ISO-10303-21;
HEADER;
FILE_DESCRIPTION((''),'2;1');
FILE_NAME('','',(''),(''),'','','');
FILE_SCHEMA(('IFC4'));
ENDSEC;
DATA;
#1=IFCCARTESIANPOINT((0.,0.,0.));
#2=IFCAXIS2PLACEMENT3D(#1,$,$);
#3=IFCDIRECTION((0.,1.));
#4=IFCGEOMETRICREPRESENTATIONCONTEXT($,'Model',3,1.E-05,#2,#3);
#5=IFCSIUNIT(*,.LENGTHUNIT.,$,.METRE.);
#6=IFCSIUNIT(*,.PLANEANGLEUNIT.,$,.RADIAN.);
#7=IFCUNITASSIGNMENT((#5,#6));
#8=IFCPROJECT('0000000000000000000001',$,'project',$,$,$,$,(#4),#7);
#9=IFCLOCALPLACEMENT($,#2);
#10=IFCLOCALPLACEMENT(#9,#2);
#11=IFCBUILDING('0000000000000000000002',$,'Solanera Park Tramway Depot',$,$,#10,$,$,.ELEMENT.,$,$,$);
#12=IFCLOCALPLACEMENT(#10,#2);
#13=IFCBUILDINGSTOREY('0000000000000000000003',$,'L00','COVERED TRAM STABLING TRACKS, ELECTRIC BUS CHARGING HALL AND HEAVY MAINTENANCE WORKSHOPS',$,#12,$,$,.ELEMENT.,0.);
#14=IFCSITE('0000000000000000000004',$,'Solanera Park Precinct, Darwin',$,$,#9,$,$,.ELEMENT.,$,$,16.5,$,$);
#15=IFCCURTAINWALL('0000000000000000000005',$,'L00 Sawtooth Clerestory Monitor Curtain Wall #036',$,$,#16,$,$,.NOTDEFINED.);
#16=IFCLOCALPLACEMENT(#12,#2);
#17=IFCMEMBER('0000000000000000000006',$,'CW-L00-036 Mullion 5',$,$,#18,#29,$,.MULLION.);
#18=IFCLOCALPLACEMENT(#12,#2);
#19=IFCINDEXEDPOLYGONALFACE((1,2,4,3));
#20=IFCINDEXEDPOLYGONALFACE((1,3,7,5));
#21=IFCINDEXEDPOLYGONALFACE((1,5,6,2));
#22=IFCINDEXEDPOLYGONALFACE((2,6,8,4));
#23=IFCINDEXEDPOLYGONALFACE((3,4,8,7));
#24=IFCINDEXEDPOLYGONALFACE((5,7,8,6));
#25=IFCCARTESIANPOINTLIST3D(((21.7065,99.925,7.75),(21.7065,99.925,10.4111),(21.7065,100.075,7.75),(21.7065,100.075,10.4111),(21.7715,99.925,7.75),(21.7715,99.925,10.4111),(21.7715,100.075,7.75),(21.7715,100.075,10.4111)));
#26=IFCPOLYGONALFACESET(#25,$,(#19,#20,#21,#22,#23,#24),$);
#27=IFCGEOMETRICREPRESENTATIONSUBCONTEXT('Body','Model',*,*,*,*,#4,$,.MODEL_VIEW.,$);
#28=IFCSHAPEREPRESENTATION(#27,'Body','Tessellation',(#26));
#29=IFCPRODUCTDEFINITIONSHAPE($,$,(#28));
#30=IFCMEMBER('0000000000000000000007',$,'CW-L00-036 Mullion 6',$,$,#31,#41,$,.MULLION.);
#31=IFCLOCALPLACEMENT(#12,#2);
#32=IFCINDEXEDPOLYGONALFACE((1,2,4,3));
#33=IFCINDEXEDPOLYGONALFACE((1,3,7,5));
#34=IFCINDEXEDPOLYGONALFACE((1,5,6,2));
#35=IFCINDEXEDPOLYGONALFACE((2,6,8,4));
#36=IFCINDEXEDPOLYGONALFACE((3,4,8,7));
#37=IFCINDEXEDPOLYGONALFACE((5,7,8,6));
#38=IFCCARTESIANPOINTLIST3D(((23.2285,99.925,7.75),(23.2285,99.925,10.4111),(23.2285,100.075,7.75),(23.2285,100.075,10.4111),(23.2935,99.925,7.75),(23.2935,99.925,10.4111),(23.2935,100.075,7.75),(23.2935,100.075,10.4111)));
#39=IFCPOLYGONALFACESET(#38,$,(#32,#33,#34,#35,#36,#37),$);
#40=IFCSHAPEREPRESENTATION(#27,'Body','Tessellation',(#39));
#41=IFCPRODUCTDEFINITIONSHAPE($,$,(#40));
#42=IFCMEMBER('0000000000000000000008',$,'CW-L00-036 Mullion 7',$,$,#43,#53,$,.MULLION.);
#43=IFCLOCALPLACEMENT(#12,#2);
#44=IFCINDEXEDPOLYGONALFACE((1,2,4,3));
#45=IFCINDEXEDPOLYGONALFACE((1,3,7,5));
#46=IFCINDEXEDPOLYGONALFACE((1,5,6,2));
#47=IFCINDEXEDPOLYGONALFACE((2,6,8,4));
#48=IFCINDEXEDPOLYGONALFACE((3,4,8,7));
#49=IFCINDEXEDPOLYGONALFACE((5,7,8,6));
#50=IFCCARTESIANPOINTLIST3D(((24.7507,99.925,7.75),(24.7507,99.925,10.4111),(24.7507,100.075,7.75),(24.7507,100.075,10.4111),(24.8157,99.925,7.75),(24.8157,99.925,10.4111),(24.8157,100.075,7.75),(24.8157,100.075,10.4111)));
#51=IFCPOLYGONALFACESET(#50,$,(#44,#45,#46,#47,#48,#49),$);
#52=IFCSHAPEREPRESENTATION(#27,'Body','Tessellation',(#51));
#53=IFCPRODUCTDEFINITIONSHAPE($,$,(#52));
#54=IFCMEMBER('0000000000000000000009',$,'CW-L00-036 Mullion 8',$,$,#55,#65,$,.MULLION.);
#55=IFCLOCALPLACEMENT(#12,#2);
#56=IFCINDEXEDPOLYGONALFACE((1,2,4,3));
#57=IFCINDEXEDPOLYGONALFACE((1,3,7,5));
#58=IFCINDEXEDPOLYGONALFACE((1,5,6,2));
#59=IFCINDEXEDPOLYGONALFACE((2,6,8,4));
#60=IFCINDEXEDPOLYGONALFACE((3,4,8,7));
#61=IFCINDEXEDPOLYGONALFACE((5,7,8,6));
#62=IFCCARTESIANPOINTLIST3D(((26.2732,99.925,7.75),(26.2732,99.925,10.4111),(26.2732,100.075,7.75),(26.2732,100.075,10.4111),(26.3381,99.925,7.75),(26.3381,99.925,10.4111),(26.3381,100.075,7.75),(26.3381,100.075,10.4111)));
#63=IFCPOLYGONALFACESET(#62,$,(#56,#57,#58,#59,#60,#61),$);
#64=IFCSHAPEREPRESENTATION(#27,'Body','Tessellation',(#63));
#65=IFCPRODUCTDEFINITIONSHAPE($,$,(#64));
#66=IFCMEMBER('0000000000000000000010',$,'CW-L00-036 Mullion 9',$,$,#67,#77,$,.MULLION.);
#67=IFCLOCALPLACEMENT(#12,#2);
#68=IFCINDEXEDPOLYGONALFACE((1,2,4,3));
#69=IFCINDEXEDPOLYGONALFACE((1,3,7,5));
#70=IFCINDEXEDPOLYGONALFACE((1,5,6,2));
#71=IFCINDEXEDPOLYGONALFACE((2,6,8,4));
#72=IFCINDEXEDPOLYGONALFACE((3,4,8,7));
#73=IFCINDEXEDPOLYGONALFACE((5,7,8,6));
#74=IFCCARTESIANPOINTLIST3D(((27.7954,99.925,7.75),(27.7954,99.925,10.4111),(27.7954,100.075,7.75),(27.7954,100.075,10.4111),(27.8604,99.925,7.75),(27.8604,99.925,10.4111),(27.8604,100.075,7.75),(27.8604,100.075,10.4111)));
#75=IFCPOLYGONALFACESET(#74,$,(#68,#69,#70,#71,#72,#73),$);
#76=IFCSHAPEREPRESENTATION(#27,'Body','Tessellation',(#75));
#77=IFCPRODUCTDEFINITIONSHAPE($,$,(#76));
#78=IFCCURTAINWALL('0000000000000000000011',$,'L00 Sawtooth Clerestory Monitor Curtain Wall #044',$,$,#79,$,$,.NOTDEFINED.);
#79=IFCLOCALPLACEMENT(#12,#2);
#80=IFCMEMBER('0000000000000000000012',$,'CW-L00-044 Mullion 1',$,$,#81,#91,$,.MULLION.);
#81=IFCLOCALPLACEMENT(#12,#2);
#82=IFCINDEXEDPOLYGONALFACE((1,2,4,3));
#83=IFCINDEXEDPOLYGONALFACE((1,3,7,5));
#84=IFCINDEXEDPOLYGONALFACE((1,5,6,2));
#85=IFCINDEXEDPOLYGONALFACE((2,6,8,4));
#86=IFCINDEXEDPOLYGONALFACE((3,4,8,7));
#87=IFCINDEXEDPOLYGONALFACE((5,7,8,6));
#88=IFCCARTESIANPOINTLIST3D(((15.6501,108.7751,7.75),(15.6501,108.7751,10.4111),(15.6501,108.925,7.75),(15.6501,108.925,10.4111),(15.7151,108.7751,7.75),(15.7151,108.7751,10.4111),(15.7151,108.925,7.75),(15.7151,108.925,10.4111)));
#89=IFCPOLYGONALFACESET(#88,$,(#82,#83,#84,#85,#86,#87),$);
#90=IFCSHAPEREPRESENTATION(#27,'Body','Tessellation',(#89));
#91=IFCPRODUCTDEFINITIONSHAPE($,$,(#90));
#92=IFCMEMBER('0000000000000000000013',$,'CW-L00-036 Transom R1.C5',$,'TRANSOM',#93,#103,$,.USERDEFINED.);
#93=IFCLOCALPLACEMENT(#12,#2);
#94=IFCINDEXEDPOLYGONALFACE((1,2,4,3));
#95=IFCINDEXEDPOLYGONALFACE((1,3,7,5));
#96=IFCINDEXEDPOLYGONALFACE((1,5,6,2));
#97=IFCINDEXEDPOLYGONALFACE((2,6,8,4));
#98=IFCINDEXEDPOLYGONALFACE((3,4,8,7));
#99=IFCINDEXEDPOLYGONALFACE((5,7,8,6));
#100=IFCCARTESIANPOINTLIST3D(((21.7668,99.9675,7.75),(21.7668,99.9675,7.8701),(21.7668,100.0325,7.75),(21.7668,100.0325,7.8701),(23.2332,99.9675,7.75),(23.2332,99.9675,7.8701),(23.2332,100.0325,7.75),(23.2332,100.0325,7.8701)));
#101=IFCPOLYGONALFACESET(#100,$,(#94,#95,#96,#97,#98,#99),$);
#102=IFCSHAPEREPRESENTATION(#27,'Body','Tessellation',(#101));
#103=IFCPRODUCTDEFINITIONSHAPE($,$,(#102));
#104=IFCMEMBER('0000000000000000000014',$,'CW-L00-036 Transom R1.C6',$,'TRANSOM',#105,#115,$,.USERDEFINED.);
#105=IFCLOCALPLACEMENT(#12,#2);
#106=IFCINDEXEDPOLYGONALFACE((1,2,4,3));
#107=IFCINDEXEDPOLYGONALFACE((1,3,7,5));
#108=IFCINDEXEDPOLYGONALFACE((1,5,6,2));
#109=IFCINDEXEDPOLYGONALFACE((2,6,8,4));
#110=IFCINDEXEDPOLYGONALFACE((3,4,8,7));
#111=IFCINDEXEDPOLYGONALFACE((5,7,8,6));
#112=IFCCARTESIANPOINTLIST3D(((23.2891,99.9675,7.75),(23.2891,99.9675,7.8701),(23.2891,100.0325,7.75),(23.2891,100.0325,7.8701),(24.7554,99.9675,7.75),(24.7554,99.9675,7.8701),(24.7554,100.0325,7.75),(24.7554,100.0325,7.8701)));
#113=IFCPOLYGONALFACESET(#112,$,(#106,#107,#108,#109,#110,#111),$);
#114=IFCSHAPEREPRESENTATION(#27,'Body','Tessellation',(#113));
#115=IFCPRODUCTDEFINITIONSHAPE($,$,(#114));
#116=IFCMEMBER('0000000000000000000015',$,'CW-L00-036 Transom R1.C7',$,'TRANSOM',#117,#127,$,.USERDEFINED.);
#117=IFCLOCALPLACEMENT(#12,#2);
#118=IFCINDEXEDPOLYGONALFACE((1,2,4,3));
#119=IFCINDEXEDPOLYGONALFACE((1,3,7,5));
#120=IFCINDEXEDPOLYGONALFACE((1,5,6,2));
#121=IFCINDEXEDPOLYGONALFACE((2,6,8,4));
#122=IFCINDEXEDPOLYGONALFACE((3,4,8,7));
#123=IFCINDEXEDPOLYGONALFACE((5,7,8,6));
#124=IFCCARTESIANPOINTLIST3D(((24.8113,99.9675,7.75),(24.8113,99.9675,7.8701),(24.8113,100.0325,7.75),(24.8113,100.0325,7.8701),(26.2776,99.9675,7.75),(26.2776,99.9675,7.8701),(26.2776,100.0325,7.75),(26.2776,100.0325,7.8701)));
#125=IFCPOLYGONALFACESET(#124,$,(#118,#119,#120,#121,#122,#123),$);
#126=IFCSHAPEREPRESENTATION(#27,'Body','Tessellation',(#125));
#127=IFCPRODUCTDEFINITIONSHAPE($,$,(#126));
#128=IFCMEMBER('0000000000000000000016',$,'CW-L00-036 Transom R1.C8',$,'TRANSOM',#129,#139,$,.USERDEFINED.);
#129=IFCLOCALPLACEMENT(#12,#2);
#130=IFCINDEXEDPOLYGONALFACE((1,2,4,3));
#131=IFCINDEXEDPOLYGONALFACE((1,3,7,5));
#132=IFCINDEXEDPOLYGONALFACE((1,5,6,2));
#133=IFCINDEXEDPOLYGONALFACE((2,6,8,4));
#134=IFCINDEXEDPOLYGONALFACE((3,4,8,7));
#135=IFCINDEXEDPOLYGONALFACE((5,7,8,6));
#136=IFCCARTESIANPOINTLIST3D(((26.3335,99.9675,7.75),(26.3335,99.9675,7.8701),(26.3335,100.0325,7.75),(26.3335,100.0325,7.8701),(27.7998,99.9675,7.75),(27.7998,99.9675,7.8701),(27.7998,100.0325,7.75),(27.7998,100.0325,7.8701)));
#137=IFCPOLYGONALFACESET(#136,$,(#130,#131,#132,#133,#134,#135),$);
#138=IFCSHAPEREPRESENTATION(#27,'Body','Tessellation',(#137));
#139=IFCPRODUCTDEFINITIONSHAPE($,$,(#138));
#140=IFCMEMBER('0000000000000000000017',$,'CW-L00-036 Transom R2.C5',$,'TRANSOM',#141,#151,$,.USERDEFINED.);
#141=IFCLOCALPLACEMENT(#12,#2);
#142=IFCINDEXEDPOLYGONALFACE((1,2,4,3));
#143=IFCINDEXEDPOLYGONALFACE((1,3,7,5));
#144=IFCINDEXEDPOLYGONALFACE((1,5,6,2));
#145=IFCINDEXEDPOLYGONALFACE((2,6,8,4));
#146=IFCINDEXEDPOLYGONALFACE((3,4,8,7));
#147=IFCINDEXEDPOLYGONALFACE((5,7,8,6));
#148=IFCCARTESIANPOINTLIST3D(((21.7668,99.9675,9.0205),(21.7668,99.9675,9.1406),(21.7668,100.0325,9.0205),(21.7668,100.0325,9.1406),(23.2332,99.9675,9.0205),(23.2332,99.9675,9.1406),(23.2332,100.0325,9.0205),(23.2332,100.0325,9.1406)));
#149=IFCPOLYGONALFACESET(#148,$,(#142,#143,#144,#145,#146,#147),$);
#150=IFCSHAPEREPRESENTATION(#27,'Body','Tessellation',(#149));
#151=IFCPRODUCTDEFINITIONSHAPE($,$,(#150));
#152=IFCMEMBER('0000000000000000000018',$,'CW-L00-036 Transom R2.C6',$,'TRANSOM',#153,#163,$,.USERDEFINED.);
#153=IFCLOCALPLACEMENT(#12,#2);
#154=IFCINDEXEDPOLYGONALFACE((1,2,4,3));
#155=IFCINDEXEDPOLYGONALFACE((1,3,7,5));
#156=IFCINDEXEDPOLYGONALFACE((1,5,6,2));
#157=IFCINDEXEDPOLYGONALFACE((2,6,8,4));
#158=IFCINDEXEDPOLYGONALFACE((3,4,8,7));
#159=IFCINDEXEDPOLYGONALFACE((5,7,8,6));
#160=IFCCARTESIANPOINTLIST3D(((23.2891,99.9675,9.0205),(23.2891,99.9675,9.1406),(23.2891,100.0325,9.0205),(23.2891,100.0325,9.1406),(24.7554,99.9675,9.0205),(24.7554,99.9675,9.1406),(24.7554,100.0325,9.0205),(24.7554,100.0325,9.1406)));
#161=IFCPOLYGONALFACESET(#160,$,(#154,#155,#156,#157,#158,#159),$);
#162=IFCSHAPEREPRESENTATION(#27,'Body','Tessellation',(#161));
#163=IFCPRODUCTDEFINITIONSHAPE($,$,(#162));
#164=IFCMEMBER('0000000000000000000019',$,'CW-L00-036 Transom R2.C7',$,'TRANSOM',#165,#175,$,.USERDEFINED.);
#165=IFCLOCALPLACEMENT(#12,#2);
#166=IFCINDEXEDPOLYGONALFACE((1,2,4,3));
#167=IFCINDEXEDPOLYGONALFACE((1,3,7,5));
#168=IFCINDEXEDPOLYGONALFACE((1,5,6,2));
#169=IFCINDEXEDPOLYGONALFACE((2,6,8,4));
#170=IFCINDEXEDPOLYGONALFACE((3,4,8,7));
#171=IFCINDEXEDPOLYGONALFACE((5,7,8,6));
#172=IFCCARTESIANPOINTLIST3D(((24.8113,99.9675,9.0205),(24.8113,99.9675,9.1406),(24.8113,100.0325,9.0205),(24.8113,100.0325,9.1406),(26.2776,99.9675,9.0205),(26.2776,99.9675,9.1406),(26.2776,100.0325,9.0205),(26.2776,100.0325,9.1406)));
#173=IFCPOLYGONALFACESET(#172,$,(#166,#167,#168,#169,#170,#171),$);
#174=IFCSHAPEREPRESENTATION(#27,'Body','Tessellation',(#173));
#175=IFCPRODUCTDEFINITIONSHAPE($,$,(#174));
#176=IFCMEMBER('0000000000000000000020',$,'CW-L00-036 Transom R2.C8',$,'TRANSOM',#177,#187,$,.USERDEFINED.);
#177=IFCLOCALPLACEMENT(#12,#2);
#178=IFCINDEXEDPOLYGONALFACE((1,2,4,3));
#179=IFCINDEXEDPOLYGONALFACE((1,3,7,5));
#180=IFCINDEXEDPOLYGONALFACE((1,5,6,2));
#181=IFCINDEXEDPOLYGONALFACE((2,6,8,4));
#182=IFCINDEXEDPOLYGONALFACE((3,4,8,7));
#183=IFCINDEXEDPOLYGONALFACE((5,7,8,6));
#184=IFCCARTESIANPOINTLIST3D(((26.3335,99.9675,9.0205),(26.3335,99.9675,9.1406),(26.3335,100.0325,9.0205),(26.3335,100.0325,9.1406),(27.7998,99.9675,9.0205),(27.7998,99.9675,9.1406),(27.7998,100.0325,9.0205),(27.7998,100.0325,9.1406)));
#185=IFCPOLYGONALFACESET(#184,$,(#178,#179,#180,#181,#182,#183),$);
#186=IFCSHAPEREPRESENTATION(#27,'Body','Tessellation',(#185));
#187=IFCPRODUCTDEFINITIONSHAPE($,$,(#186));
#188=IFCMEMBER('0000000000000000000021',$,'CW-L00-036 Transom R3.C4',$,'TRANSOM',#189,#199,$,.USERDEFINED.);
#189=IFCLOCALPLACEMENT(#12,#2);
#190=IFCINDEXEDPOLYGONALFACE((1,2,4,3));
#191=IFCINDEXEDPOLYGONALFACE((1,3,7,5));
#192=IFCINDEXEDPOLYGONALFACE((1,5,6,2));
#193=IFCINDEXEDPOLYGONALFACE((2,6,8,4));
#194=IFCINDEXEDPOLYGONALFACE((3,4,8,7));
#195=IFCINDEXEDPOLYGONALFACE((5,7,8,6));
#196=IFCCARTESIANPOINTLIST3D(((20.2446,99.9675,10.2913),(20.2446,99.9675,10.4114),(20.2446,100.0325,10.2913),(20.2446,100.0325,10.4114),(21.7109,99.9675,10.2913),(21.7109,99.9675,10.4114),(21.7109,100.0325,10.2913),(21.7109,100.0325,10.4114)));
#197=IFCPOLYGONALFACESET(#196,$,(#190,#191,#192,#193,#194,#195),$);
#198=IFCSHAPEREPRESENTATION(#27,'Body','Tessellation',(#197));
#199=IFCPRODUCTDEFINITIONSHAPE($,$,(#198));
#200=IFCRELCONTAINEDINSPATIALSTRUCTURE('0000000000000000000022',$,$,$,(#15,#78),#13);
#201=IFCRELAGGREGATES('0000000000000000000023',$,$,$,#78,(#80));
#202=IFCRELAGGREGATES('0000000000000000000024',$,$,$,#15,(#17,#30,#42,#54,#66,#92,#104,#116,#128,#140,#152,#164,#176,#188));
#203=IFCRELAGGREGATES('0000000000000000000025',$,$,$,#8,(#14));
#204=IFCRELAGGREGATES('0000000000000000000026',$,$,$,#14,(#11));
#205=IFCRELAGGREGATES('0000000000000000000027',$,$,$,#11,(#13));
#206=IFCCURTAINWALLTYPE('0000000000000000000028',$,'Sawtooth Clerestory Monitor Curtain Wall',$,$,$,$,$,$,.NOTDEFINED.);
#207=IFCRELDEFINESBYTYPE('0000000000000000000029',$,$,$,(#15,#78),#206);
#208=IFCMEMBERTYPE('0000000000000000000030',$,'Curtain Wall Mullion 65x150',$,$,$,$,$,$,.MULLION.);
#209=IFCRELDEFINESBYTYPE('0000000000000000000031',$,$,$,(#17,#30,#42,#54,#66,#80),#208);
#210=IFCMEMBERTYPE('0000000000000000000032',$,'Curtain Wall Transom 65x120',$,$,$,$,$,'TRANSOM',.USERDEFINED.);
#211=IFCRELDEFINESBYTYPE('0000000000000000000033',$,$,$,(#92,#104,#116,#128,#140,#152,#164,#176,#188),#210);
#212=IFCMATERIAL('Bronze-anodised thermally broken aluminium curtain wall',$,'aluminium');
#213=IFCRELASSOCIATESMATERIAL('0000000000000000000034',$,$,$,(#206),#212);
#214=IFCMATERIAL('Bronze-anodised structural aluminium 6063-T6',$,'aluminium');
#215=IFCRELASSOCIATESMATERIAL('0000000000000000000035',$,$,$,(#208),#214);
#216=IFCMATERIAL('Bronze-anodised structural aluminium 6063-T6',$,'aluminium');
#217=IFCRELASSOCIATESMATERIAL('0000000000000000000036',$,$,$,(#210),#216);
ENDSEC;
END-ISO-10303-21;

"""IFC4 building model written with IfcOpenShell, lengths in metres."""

from ifc_helpers import new_model, si_unit, direction, frame, origin, origin_2d, place, context, subcontext, project, spatial, rectangle, extrude, material, material_profile, profile_set, type_object, element, aggregate, save


model = new_model("IFC4")

# Units and contexts
model_context = context("Model", 3, precision=1e-05, world=origin(), true_north=direction((0.0, 1.0)))
body_context = subcontext(model_context, "Body", "Model", "MODEL_VIEW")
ifc_project = project(units=[si_unit("LENGTHUNIT", "METRE"), si_unit("PLANEANGLEUNIT", "RADIAN")], contexts=[model_context])

# Site, building, storey
site_placement = place(None, origin())
site = spatial("IfcSite", under=ifc_project, at=site_placement, Name="Solanera Park Precinct, Darwin", CompositionType="ELEMENT", RefElevation=16.5)
building_placement = place(site_placement, origin())
building = spatial("IfcBuilding", under=site, at=building_placement, Name="Solanera Park Tramway Depot", CompositionType="ELEMENT")
storey_placement = place(building_placement, origin())
storey = spatial("IfcBuildingStorey", under=building, at=storey_placement, Name="L00", Description="COVERED TRAM STABLING TRACKS, ELECTRIC BUS CHARGING HALL AND HEAVY MAINTENANCE WORKSHOPS", CompositionType="ELEMENT", Elevation=0.0)

# Curtain wall, members
ifc_material_1 = material(Name="Bronze-anodised thermally broken aluminium curtain wall", Category="aluminium")
curtain_wall_type = type_object("IfcCurtainWallType", Name="Sawtooth Clerestory Monitor Curtain Wall", PredefinedType="NOTDEFINED", material=ifc_material_1)
curtain_wall_1_placement = place(storey_placement, origin())
curtain_wall_1 = element("IfcCurtainWall", 1, at=curtain_wall_1_placement, inside=storey, type_object=curtain_wall_type, Name="L00 Sawtooth Clerestory Monitor Curtain Wall #036", PredefinedType="NOTDEFINED")
ifc_material_2 = material(Name="Bronze-anodised structural aluminium 6063-T6", Category="aluminium")
ifc_material_profile_1 = material_profile(ifc_material_2, rectangle(XDim=0.0649, YDim=0.1499, at=origin_2d()), Name="Curtain Wall Mullion 65x150")
ifc_profile_set_1 = profile_set([ifc_material_profile_1], Name="Bronze-anodised structural aluminium 6063-T6")
member_type_1 = type_object("IfcMemberType", Name="Curtain Wall Mullion 65x150", PredefinedType="MULLION", material=ifc_profile_set_1)
member_1_placement = place(storey_placement, frame((21.739, 100.0, 7.75), z_axis=(0.0, 0.0, 1.0), x_axis=(1.0, 0.0, 0.0)))
member_1 = element("IfcMember", 2, at=member_1_placement, type_object=member_type_1, Name="CW-L00-036 Mullion 5", PredefinedType="MULLION", context=body_context, shape_type="SweptSolid", body=[
    extrude(rectangle(XDim=0.0649, YDim=0.1499, at=origin_2d()), origin(), (0.0, 0.0, 1.0), 2.6611),
])
member_2_placement = place(storey_placement, frame((23.261, 100.0, 7.75), z_axis=(0.0, 0.0, 1.0), x_axis=(1.0, 0.0, 0.0)))
member_2 = element("IfcMember", 3, at=member_2_placement, type_object=member_type_1, Name="CW-L00-036 Mullion 6", PredefinedType="MULLION", context=body_context, shape_type="SweptSolid", body=[
    extrude(rectangle(XDim=0.0649, YDim=0.1499, at=origin_2d()), origin(), (0.0, 0.0, 1.0), 2.6611),
])
member_3_placement = place(storey_placement, frame((24.7832, 100.0, 7.75), z_axis=(0.0, 0.0, 1.0), x_axis=(1.0, 0.0, 0.0)))
member_3 = element("IfcMember", 4, at=member_3_placement, type_object=member_type_1, Name="CW-L00-036 Mullion 7", PredefinedType="MULLION", context=body_context, shape_type="SweptSolid", body=[
    extrude(rectangle(XDim=0.0649, YDim=0.1499, at=origin_2d()), origin(), (0.0, 0.0, 1.0), 2.6611),
])
member_4_placement = place(storey_placement, frame((26.3057, 100.0, 7.75), z_axis=(0.0, 0.0, 1.0), x_axis=(1.0, 0.0, 0.0)))
member_4 = element("IfcMember", 5, at=member_4_placement, type_object=member_type_1, Name="CW-L00-036 Mullion 8", PredefinedType="MULLION", context=body_context, shape_type="SweptSolid", body=[
    extrude(rectangle(XDim=0.0649, YDim=0.1499, at=origin_2d()), origin(), (0.0, 0.0, 1.0), 2.6611),
])
member_5_placement = place(storey_placement, frame((27.8279, 100.0, 7.75), z_axis=(0.0, 0.0, 1.0), x_axis=(1.0, 0.0, 0.0)))
member_5 = element("IfcMember", 6, at=member_5_placement, type_object=member_type_1, Name="CW-L00-036 Mullion 9", PredefinedType="MULLION", context=body_context, shape_type="SweptSolid", body=[
    extrude(rectangle(XDim=0.0649, YDim=0.1499, at=origin_2d()), origin(), (0.0, 0.0, 1.0), 2.6611),
])

# Curtain wall, member
curtain_wall_2_placement = place(storey_placement, origin())
curtain_wall_2 = element("IfcCurtainWall", 7, at=curtain_wall_2_placement, inside=storey, type_object=curtain_wall_type, Name="L00 Sawtooth Clerestory Monitor Curtain Wall #044", PredefinedType="NOTDEFINED")
member_6_placement = place(storey_placement, frame((15.6826, 108.8501, 7.75), z_axis=(0.0, 0.0, 1.0), x_axis=(1.0, 0.0, 0.0)))
member_6 = element("IfcMember", 8, at=member_6_placement, type_object=member_type_1, Name="CW-L00-044 Mullion 1", PredefinedType="MULLION", context=body_context, shape_type="SweptSolid", body=[
    extrude(rectangle(XDim=0.0649, YDim=0.1499, at=origin_2d()), origin(), (0.0, 0.0, 1.0), 2.6611),
])

# Members
ifc_material_3 = material(Name="Bronze-anodised structural aluminium 6063-T6", Category="aluminium")
ifc_material_profile_2 = material_profile(ifc_material_3, rectangle(XDim=0.0649, YDim=0.1201, at=origin_2d()), Name="Curtain Wall Transom 65x120")
ifc_profile_set_2 = profile_set([ifc_material_profile_2], Name="Bronze-anodised structural aluminium 6063-T6")
member_type_2 = type_object("IfcMemberType", Name="Curtain Wall Transom 65x120", ElementType="TRANSOM", PredefinedType="USERDEFINED", material=ifc_profile_set_2)
member_7_placement = place(storey_placement, frame((21.7668, 100.0, 7.8101), z_axis=(1.0, 0.0, 0.0), x_axis=(0.0, 1.0, 0.0)))
member_7 = element("IfcMember", 9, at=member_7_placement, type_object=member_type_2, Name="CW-L00-036 Transom R1.C5", ObjectType="TRANSOM", PredefinedType="USERDEFINED", context=body_context, shape_type="SweptSolid", body=[
    extrude(rectangle(XDim=0.0649, YDim=0.1201, at=origin_2d()), origin(), (0.0, 0.0, 1.0), 1.4663),
])
member_8_placement = place(storey_placement, frame((23.2891, 100.0, 7.8101), z_axis=(1.0, 0.0, 0.0), x_axis=(0.0, 1.0, 0.0)))
member_8 = element("IfcMember", 10, at=member_8_placement, type_object=member_type_2, Name="CW-L00-036 Transom R1.C6", ObjectType="TRANSOM", PredefinedType="USERDEFINED", context=body_context, shape_type="SweptSolid", body=[
    extrude(rectangle(XDim=0.0649, YDim=0.1201, at=origin_2d()), origin(), (0.0, 0.0, 1.0), 1.4663),
])
member_9_placement = place(storey_placement, frame((24.8113, 100.0, 7.8101), z_axis=(1.0, 0.0, 0.0), x_axis=(0.0, 1.0, 0.0)))
member_9 = element("IfcMember", 11, at=member_9_placement, type_object=member_type_2, Name="CW-L00-036 Transom R1.C7", ObjectType="TRANSOM", PredefinedType="USERDEFINED", context=body_context, shape_type="SweptSolid", body=[
    extrude(rectangle(XDim=0.0649, YDim=0.1201, at=origin_2d()), origin(), (0.0, 0.0, 1.0), 1.4663),
])
member_10_placement = place(storey_placement, frame((26.3335, 100.0, 7.8101), z_axis=(1.0, 0.0, 0.0), x_axis=(0.0, 1.0, 0.0)))
member_10 = element("IfcMember", 12, at=member_10_placement, type_object=member_type_2, Name="CW-L00-036 Transom R1.C8", ObjectType="TRANSOM", PredefinedType="USERDEFINED", context=body_context, shape_type="SweptSolid", body=[
    extrude(rectangle(XDim=0.0649, YDim=0.1201, at=origin_2d()), origin(), (0.0, 0.0, 1.0), 1.4663),
])
member_11_placement = place(storey_placement, frame((21.7668, 100.0, 9.0806), z_axis=(1.0, 0.0, 0.0), x_axis=(0.0, 1.0, 0.0)))
member_11 = element("IfcMember", 13, at=member_11_placement, type_object=member_type_2, Name="CW-L00-036 Transom R2.C5", ObjectType="TRANSOM", PredefinedType="USERDEFINED", context=body_context, shape_type="SweptSolid", body=[
    extrude(rectangle(XDim=0.0649, YDim=0.1201, at=origin_2d()), origin(), (0.0, 0.0, 1.0), 1.4663),
])
member_12_placement = place(storey_placement, frame((23.2891, 100.0, 9.0806), z_axis=(1.0, 0.0, 0.0), x_axis=(0.0, 1.0, 0.0)))
member_12 = element("IfcMember", 14, at=member_12_placement, type_object=member_type_2, Name="CW-L00-036 Transom R2.C6", ObjectType="TRANSOM", PredefinedType="USERDEFINED", context=body_context, shape_type="SweptSolid", body=[
    extrude(rectangle(XDim=0.0649, YDim=0.1201, at=origin_2d()), origin(), (0.0, 0.0, 1.0), 1.4663),
])
member_13_placement = place(storey_placement, frame((24.8113, 100.0, 9.0806), z_axis=(1.0, 0.0, 0.0), x_axis=(0.0, 1.0, 0.0)))
member_13 = element("IfcMember", 15, at=member_13_placement, type_object=member_type_2, Name="CW-L00-036 Transom R2.C7", ObjectType="TRANSOM", PredefinedType="USERDEFINED", context=body_context, shape_type="SweptSolid", body=[
    extrude(rectangle(XDim=0.0649, YDim=0.1201, at=origin_2d()), origin(), (0.0, 0.0, 1.0), 1.4663),
])
member_14_placement = place(storey_placement, frame((26.3335, 100.0, 9.0806), z_axis=(1.0, 0.0, 0.0), x_axis=(0.0, 1.0, 0.0)))
member_14 = element("IfcMember", 16, at=member_14_placement, type_object=member_type_2, Name="CW-L00-036 Transom R2.C8", ObjectType="TRANSOM", PredefinedType="USERDEFINED", context=body_context, shape_type="SweptSolid", body=[
    extrude(rectangle(XDim=0.0649, YDim=0.1201, at=origin_2d()), origin(), (0.0, 0.0, 1.0), 1.4663),
])
member_15_placement = place(storey_placement, frame((20.2446, 100.0, 10.3513), z_axis=(1.0, 0.0, 0.0), x_axis=(0.0, 1.0, 0.0)))
member_15 = element("IfcMember", 17, at=member_15_placement, type_object=member_type_2, Name="CW-L00-036 Transom R3.C4", ObjectType="TRANSOM", PredefinedType="USERDEFINED", context=body_context, shape_type="SweptSolid", body=[
    extrude(rectangle(XDim=0.0649, YDim=0.1201, at=origin_2d()), origin(), (0.0, 0.0, 1.0), 1.4663),
])
aggregate(curtain_wall_2, [member_6])

aggregate(curtain_wall_1, [member_1, member_2, member_3, member_4, member_5, member_7, member_8, member_9, member_10, member_11, member_12, member_13, member_14, member_15])

save(model, "model.ifc")
